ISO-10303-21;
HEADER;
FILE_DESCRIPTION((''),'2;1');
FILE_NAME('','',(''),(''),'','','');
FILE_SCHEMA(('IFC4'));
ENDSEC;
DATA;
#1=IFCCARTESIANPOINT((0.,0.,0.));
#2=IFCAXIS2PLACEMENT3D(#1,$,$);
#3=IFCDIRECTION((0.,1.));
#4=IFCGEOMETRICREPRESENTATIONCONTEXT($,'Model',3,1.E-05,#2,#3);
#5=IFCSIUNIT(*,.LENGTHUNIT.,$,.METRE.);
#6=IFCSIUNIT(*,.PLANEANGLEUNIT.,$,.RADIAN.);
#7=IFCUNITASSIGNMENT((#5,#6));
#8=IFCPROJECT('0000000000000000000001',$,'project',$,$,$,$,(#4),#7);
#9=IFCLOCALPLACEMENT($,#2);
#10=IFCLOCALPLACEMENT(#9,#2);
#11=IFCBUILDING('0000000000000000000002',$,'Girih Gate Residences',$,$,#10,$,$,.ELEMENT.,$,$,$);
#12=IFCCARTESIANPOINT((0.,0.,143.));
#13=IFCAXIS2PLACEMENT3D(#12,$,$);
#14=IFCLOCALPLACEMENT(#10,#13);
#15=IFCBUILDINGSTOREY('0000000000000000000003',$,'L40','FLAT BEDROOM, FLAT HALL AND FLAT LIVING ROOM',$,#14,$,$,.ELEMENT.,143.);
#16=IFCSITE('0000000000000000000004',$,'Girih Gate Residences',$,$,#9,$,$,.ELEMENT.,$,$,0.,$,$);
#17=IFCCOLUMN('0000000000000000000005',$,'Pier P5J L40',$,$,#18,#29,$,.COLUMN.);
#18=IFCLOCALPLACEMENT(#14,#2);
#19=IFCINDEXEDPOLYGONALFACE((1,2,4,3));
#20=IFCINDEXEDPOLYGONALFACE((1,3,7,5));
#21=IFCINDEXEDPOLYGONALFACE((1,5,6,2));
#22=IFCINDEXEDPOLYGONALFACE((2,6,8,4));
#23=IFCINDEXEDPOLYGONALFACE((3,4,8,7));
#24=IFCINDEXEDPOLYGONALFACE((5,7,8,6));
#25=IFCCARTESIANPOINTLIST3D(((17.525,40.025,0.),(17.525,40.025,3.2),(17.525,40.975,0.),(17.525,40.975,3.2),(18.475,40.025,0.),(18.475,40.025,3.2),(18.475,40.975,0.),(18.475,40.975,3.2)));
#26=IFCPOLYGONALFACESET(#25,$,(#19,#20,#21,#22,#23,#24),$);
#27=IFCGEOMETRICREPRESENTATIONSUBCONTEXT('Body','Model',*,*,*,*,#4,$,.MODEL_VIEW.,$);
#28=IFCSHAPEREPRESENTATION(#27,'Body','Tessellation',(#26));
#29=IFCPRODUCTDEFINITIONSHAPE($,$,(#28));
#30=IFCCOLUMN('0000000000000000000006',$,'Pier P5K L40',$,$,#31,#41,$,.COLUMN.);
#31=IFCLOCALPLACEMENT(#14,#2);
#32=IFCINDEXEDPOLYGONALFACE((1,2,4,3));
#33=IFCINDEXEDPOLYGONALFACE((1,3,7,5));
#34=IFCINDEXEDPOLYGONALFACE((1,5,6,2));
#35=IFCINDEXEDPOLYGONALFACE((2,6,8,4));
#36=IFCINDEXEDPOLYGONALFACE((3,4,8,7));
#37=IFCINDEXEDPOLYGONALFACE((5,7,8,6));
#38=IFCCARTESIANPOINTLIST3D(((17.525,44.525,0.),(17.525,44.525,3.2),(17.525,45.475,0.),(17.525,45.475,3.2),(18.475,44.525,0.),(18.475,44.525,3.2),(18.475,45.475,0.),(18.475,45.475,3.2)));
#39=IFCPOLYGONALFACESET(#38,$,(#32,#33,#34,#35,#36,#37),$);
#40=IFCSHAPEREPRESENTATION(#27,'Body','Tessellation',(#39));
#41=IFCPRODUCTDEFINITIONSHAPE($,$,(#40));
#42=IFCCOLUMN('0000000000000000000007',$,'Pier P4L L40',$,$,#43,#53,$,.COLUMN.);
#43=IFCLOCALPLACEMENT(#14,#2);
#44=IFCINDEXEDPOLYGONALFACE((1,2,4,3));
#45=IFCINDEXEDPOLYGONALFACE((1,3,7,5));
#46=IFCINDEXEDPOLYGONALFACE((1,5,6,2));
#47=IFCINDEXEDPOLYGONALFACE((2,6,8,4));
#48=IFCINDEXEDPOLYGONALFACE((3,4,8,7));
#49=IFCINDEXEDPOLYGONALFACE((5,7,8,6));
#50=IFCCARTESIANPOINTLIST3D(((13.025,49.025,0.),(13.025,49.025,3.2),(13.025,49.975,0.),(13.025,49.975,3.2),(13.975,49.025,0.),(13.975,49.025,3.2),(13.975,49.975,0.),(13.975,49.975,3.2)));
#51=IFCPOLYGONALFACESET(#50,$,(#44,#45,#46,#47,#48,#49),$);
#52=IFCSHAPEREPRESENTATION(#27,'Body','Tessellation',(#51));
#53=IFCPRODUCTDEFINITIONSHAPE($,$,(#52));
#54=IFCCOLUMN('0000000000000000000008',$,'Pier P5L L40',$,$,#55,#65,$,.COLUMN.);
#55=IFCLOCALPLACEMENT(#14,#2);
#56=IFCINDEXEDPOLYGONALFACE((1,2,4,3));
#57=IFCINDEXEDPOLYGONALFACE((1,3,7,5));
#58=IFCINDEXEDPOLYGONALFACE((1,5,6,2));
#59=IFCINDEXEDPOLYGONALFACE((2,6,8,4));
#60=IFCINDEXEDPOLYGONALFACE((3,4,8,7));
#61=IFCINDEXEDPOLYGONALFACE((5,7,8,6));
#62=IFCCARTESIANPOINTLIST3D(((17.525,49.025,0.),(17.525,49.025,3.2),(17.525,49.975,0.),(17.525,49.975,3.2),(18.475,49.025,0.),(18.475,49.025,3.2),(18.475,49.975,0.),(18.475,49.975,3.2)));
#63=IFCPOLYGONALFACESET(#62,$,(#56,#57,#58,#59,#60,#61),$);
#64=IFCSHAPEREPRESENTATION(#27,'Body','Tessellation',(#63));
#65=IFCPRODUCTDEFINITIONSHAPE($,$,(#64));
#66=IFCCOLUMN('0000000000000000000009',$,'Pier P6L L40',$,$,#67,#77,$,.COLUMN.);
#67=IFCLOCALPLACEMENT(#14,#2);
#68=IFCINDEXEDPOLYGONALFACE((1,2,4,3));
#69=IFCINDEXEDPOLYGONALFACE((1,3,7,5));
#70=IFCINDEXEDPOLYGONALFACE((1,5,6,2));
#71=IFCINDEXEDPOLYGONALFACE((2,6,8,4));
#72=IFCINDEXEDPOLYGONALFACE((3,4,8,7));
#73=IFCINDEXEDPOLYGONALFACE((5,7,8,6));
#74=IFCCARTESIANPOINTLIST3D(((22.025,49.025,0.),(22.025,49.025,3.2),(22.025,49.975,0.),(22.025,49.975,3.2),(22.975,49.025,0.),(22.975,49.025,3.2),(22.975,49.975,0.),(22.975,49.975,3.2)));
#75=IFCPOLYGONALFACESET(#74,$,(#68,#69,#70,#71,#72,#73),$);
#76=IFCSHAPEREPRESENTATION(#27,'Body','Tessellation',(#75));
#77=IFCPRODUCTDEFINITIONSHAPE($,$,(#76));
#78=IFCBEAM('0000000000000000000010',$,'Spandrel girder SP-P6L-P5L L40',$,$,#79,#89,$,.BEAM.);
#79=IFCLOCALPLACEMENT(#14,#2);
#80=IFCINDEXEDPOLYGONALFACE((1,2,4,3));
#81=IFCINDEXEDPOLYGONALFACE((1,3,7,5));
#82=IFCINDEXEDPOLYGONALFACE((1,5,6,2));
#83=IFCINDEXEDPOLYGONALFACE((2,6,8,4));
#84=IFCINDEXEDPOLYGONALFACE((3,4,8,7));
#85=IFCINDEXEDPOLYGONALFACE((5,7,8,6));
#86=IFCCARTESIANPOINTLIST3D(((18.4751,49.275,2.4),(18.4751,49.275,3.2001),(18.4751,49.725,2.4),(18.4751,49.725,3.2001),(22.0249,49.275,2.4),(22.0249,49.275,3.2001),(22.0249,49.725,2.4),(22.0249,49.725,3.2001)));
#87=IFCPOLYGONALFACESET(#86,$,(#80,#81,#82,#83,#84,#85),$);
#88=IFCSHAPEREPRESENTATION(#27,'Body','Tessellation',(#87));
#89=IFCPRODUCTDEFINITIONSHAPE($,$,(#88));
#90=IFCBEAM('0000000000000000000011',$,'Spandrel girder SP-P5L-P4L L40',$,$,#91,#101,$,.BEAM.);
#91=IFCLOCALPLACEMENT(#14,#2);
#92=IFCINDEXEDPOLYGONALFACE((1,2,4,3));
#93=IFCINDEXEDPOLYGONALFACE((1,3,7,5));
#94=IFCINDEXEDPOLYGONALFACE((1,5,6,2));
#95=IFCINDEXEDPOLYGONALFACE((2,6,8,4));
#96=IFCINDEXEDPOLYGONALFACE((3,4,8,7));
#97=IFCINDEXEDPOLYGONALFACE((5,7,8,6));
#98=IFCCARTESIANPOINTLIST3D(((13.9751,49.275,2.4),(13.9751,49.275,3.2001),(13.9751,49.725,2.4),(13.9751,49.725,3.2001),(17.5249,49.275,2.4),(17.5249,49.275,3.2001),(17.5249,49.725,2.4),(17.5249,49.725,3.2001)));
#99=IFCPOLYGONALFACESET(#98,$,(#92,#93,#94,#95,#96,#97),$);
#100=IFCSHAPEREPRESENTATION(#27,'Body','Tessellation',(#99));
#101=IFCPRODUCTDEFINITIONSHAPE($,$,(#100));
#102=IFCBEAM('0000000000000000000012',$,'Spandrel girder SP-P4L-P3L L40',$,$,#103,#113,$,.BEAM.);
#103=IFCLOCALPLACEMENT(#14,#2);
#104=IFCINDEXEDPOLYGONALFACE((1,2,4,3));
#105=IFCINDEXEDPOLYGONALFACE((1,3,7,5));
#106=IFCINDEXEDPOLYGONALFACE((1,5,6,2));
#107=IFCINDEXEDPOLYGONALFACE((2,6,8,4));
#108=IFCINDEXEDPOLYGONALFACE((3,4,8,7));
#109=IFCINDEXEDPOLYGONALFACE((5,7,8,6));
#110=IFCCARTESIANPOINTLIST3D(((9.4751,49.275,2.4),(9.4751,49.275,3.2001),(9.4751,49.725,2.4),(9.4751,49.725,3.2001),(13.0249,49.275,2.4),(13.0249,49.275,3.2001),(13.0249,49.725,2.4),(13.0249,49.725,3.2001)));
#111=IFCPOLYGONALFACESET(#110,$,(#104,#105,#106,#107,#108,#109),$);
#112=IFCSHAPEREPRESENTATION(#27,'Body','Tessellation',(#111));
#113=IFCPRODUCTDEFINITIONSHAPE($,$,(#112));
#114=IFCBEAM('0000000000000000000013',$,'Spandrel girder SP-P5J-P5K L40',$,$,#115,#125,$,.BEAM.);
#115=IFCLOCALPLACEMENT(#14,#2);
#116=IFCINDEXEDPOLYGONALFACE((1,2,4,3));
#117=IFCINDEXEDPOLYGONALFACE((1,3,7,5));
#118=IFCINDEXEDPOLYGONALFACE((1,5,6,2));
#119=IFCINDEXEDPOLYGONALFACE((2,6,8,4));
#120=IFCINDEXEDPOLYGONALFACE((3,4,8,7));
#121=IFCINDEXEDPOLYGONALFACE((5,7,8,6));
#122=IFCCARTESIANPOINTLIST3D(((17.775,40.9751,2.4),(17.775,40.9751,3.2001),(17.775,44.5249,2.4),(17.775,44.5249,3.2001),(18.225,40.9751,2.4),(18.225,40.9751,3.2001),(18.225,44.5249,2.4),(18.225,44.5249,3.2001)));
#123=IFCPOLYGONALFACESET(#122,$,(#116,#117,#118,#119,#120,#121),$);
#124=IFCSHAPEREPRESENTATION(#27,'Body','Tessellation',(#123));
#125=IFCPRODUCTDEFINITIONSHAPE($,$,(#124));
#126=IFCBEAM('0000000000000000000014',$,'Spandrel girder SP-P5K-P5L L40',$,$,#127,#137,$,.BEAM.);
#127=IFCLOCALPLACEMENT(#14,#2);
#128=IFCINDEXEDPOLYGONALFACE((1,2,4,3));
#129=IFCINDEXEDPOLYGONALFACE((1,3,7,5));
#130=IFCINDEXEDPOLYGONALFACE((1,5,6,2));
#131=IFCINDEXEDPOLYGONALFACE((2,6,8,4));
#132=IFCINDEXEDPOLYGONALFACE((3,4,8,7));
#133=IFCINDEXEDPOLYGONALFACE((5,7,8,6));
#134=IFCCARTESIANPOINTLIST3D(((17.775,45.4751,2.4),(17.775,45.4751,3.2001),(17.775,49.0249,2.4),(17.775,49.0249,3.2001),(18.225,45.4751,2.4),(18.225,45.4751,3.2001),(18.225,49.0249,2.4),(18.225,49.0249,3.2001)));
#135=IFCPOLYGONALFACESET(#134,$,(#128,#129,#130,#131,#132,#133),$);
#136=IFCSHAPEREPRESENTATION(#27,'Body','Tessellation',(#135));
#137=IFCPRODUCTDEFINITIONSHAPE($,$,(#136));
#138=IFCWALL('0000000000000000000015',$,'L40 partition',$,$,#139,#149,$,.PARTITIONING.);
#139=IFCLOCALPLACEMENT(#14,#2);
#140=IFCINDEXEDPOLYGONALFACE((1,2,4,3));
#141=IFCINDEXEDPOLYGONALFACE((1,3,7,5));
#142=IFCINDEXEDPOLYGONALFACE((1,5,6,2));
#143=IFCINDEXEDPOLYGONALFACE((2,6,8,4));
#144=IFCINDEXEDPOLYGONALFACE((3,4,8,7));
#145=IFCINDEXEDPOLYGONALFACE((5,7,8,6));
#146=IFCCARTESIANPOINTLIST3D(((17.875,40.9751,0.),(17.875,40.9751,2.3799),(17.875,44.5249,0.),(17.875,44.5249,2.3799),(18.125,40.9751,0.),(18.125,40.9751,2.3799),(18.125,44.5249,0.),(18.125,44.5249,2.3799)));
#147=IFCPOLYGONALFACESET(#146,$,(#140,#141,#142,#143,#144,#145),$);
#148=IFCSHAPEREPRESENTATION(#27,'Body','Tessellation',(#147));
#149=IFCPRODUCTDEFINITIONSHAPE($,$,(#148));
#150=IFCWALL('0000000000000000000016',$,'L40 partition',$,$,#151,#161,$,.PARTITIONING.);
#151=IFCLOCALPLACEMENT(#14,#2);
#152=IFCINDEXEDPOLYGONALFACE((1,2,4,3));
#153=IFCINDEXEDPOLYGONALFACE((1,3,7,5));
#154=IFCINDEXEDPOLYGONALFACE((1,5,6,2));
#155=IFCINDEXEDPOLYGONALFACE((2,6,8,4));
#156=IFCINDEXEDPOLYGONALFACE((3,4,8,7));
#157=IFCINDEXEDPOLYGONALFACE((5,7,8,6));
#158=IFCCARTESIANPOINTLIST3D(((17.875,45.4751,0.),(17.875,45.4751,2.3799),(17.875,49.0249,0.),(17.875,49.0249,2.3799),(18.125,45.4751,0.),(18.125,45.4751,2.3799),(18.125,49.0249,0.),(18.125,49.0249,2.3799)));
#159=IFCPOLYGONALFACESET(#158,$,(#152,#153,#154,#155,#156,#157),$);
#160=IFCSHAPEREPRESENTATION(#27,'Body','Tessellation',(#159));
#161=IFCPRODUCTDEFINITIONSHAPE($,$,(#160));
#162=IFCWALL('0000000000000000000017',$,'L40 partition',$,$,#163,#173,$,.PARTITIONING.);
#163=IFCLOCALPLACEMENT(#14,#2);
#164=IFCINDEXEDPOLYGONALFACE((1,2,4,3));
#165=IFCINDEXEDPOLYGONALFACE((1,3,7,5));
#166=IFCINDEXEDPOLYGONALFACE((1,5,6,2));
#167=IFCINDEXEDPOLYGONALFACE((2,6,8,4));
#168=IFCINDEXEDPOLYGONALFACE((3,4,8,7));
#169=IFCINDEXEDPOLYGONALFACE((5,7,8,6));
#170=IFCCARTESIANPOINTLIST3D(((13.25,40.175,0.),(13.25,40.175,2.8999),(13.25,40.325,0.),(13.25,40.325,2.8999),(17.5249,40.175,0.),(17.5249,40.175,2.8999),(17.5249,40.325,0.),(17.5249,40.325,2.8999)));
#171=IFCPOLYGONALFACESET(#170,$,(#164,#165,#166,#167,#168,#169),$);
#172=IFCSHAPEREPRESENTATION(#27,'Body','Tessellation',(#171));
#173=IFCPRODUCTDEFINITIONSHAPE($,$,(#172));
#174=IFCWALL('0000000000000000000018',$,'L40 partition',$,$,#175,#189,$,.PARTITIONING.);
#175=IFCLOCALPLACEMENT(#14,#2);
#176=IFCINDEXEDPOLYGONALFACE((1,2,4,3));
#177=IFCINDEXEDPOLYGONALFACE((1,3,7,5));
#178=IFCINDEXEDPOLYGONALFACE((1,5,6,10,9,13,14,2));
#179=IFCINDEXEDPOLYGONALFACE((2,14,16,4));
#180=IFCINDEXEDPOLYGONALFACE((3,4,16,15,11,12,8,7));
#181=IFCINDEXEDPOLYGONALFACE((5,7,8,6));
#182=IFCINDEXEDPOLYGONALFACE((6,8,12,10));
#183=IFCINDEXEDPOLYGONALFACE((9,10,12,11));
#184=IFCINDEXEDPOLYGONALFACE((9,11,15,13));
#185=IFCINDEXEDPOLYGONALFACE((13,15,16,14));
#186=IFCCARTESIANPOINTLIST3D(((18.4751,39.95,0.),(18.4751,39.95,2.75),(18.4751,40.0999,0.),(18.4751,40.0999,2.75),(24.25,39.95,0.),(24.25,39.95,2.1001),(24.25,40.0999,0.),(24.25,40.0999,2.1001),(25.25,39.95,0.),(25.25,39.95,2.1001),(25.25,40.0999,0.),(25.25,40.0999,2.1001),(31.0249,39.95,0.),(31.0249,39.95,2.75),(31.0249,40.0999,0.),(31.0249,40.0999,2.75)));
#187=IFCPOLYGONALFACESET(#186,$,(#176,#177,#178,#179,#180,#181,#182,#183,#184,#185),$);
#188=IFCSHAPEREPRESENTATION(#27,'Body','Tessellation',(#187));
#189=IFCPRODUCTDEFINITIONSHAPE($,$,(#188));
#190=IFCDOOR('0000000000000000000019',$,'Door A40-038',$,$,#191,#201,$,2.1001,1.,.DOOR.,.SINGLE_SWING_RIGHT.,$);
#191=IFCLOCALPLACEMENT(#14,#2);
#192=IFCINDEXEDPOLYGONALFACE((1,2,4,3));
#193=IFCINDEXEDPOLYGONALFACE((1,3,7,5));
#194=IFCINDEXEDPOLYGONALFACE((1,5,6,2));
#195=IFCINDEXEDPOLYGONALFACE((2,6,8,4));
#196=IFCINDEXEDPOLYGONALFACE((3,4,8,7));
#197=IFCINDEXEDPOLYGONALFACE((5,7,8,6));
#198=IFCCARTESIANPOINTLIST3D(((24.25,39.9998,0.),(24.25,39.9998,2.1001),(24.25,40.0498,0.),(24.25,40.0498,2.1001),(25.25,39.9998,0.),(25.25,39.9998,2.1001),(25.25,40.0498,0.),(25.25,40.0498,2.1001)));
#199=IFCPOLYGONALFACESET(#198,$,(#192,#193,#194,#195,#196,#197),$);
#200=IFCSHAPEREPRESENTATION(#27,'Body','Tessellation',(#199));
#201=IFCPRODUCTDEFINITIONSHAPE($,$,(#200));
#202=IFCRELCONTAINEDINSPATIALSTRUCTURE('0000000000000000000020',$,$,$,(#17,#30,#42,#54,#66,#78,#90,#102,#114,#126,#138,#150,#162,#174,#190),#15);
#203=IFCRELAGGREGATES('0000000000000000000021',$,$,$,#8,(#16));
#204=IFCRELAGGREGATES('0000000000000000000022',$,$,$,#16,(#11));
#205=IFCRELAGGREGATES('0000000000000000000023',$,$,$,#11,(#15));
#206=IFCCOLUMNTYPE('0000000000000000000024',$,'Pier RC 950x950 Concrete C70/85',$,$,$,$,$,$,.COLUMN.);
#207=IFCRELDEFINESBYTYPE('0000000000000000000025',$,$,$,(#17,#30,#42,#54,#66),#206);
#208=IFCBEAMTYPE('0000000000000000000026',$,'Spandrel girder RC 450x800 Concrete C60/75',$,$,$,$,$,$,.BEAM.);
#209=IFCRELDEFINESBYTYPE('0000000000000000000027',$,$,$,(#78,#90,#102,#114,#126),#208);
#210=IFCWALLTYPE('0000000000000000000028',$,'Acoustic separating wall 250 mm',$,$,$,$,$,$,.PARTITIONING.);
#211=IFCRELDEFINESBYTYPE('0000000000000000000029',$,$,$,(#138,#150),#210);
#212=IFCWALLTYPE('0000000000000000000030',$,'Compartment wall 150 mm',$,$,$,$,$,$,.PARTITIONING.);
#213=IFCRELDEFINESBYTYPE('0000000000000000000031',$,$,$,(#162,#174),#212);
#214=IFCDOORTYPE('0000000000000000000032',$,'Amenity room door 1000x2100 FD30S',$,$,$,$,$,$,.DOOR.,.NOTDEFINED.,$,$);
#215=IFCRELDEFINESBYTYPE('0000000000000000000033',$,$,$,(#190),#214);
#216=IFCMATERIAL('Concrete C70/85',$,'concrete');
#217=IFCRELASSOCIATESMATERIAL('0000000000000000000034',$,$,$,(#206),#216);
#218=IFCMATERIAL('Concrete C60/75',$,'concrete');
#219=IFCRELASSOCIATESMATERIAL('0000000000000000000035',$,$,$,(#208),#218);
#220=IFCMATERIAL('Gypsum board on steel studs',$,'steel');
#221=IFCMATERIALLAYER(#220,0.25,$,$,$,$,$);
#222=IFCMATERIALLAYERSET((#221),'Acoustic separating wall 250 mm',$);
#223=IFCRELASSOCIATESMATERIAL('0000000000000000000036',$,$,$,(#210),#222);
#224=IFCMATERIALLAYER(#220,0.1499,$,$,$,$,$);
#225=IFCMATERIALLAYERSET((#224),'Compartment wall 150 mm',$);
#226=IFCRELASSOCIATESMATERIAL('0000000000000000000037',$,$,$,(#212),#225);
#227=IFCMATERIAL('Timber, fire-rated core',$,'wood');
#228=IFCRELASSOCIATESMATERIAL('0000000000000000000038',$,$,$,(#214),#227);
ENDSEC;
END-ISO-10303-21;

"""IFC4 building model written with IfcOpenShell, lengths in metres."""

from ifc_helpers import new_model, si_unit, direction, frame, frame_2d, origin, origin_2d, place, context, subcontext, project, spatial, rectangle, extrude, material, layer, layer_set, material_profile, profile_set, type_object, element, fill, save


model = new_model("IFC4")

# Units and contexts
model_context = context("Model", 3, precision=1e-05, world=origin(), true_north=direction((0.0, 1.0)))
body_context = subcontext(model_context, "Body", "Model", "MODEL_VIEW")
ifc_project = project(units=[si_unit("LENGTHUNIT", "METRE"), si_unit("PLANEANGLEUNIT", "RADIAN")], contexts=[model_context])

# Site, building, storey
site_placement = place(None, origin())
site = spatial("IfcSite", under=ifc_project, at=site_placement, Name="Girih Gate Residences", CompositionType="ELEMENT", RefElevation=0.0)
building_placement = place(site_placement, origin())
building = spatial("IfcBuilding", under=site, at=building_placement, Name="Girih Gate Residences", CompositionType="ELEMENT")
storey_placement = place(building_placement, frame((0.0, 0.0, 143.0)))
storey = spatial("IfcBuildingStorey", under=building, at=storey_placement, Name="L40", Description="FLAT BEDROOM, FLAT HALL AND FLAT LIVING ROOM", CompositionType="ELEMENT", Elevation=143.0)

# Columns
ifc_material_1 = material(Name="Concrete C70/85", Category="concrete")
ifc_material_profile_1 = material_profile(ifc_material_1, rectangle(XDim=0.95, YDim=0.95, at=origin_2d()))
ifc_profile_set_1 = profile_set([ifc_material_profile_1], Name="Concrete C70/85")
column_type = type_object("IfcColumnType", Name="Pier RC 950x950 Concrete C70/85", PredefinedType="COLUMN", material=ifc_profile_set_1)
for number, where, z_axis, x_axis, name in (
    (1, (18.0, 40.5, 0.0), (0.0, 0.0, 1.0), (1.0, 0.0, 0.0), "Pier P5J L40"),
    (2, (18.0, 45.0, 0.0), (0.0, 0.0, 1.0), (1.0, 0.0, 0.0), "Pier P5K L40"),
    (3, (13.5, 49.5, 0.0), (0.0, 0.0, 1.0), (1.0, 0.0, 0.0), "Pier P4L L40"),
    (4, (18.0, 49.5, 0.0), (0.0, 0.0, 1.0), (1.0, 0.0, 0.0), "Pier P5L L40"),
    (5, (22.5, 49.5, 0.0), (0.0, 0.0, 1.0), (1.0, 0.0, 0.0), "Pier P6L L40"),
):
    element("IfcColumn", number, at=place(storey_placement, frame(where, z_axis=z_axis, x_axis=x_axis)), inside=storey, type_object=column_type, Name=name, PredefinedType="COLUMN", context=body_context, shape_type="SweptSolid", body=[
        extrude(rectangle(XDim=0.95, YDim=0.95, at=origin_2d()), origin(), (0.0, 0.0, 1.0), 3.2),
    ])

# Beams
ifc_material_2 = material(Name="Concrete C60/75", Category="concrete")
ifc_material_profile_2 = material_profile(ifc_material_2, rectangle(XDim=0.45, YDim=0.8, at=origin_2d()))
ifc_profile_set_2 = profile_set([ifc_material_profile_2], Name="Concrete C60/75")
beam_type = type_object("IfcBeamType", Name="Spandrel girder RC 450x800 Concrete C60/75", PredefinedType="BEAM", material=ifc_profile_set_2)
for number, where, z_axis, x_axis, name in (
    (6, (22.0249, 49.5, 2.8), (-1.0, 0.0, 0.0), (0.0, -1.0, 0.0), "Spandrel girder SP-P6L-P5L L40"),
    (7, (17.5249, 49.5, 2.8), (-1.0, 0.0, 0.0), (0.0, -1.0, 0.0), "Spandrel girder SP-P5L-P4L L40"),
    (8, (13.0249, 49.5, 2.8), (-1.0, 0.0, 0.0), (0.0, -1.0, 0.0), "Spandrel girder SP-P4L-P3L L40"),
    (9, (18.0, 40.9751, 2.8), (0.0, 1.0, 0.0), (-1.0, 0.0, 0.0), "Spandrel girder SP-P5J-P5K L40"),
    (10, (18.0, 45.4751, 2.8), (0.0, 1.0, 0.0), (-1.0, 0.0, 0.0), "Spandrel girder SP-P5K-P5L L40"),
):
    element("IfcBeam", number, at=place(storey_placement, frame(where, z_axis=z_axis, x_axis=x_axis)), inside=storey, type_object=beam_type, Name=name, PredefinedType="BEAM", context=body_context, shape_type="SweptSolid", body=[
        extrude(rectangle(XDim=0.45, YDim=0.8, at=origin_2d()), origin(), (0.0, 0.0, 1.0), 3.5498),
    ])

# Walls
ifc_material_3 = material(Name="Gypsum board on steel studs", Category="steel")
ifc_layer_1 = layer(ifc_material_3, 0.25)
ifc_layer_set_1 = layer_set([ifc_layer_1], Name="Acoustic separating wall 250 mm")
wall_type_1 = type_object("IfcWallType", Name="Acoustic separating wall 250 mm", PredefinedType="PARTITIONING", material=ifc_layer_set_1)
for number, where, z_axis, x_axis, name in (
    (11, (18.0, 40.9751, 0.0), (0.0, 0.0, 1.0), (0.0, 1.0, 0.0), "L40 partition"),
    (12, (18.0, 45.4751, 0.0), (0.0, 0.0, 1.0), (0.0, 1.0, 0.0), "L40 partition"),
):
    element("IfcWall", number, at=place(storey_placement, frame(where, z_axis=z_axis, x_axis=x_axis)), inside=storey, type_object=wall_type_1, Name=name, PredefinedType="PARTITIONING", context=body_context, shape_type="SweptSolid", body=[
        extrude(rectangle(XDim=3.5498, YDim=0.25, at=frame_2d((1.7749, 0.0))), origin(), (0.0, 0.0, 1.0), 2.3799),
    ])
ifc_layer_2 = layer(ifc_material_3, 0.1499)
ifc_layer_set_2 = layer_set([ifc_layer_2], Name="Compartment wall 150 mm")
wall_type_2 = type_object("IfcWallType", Name="Compartment wall 150 mm", PredefinedType="PARTITIONING", material=ifc_layer_set_2)
wall_1_placement = place(storey_placement, frame((13.25, 40.25, 0.0), z_axis=(0.0, 0.0, 1.0), x_axis=(1.0, 0.0, 0.0)))
element("IfcWall", 13, at=wall_1_placement, inside=storey, type_object=wall_type_2, Name="L40 partition", PredefinedType="PARTITIONING", context=body_context, shape_type="SweptSolid", body=[
    extrude(rectangle(XDim=4.2749, YDim=0.1499, at=frame_2d((2.1375, 0.0))), origin(), (0.0, 0.0, 1.0), 2.8999),
])

# Wall, opening, door
wall_2_placement = place(storey_placement, frame((18.4751, 40.0249, 0.0), z_axis=(0.0, 0.0, 1.0), x_axis=(1.0, 0.0, 0.0)))
wall_2 = element("IfcWall", 14, at=wall_2_placement, inside=storey, type_object=wall_type_2, Name="L40 partition", PredefinedType="PARTITIONING", context=body_context, shape_type="SweptSolid", body=[
    extrude(rectangle(XDim=12.5498, YDim=0.1499, at=frame_2d((6.2749, 0.0))), origin(), (0.0, 0.0, 1.0), 2.75),
])
opening_1_placement = place(wall_2_placement, frame((5.7749, 0.0, 0.0)))
opening_1 = element("IfcOpeningElement", 15, at=opening_1_placement, cuts=wall_2, PredefinedType="OPENING", context=body_context, shape_type="SweptSolid", body=[
    extrude(rectangle(XDim=1.0, YDim=2.1001, at=frame_2d((0.5, 1.05))), frame((0.0, 0.085, 0.0), z_axis=(0.0, -1.0, 0.0), x_axis=(1.0, 0.0, 0.0)), (0.0, 0.0, 1.0), 0.1699),
])
ifc_material_4 = material(Name="Timber, fire-rated core", Category="wood")
door_type_1 = type_object("IfcDoorType", Name="Amenity room door 1000x2100 FD30S", OperationType="NOTDEFINED", PredefinedType="DOOR", material=ifc_material_4)
door_1_placement = place(opening_1_placement, origin())
door_1 = element("IfcDoor", 16, at=door_1_placement, inside=storey, type_object=door_type_1, Name="Door A40-038", OperationType="SINGLE_SWING_RIGHT", OverallHeight=2.1001, OverallWidth=1.0, PredefinedType="DOOR", context=body_context, shape_type="SweptSolid", body=[
    extrude(rectangle(XDim=1.0, YDim=2.1001, at=frame_2d((0.5, 1.05))), frame((0.0, 0.0249, 0.0), z_axis=(0.0, -1.0, 0.0), x_axis=(1.0, 0.0, 0.0)), (0.0, 0.0, 1.0), 0.05),
])
fill(opening_1, door_1)

save(model, "model.ifc")
